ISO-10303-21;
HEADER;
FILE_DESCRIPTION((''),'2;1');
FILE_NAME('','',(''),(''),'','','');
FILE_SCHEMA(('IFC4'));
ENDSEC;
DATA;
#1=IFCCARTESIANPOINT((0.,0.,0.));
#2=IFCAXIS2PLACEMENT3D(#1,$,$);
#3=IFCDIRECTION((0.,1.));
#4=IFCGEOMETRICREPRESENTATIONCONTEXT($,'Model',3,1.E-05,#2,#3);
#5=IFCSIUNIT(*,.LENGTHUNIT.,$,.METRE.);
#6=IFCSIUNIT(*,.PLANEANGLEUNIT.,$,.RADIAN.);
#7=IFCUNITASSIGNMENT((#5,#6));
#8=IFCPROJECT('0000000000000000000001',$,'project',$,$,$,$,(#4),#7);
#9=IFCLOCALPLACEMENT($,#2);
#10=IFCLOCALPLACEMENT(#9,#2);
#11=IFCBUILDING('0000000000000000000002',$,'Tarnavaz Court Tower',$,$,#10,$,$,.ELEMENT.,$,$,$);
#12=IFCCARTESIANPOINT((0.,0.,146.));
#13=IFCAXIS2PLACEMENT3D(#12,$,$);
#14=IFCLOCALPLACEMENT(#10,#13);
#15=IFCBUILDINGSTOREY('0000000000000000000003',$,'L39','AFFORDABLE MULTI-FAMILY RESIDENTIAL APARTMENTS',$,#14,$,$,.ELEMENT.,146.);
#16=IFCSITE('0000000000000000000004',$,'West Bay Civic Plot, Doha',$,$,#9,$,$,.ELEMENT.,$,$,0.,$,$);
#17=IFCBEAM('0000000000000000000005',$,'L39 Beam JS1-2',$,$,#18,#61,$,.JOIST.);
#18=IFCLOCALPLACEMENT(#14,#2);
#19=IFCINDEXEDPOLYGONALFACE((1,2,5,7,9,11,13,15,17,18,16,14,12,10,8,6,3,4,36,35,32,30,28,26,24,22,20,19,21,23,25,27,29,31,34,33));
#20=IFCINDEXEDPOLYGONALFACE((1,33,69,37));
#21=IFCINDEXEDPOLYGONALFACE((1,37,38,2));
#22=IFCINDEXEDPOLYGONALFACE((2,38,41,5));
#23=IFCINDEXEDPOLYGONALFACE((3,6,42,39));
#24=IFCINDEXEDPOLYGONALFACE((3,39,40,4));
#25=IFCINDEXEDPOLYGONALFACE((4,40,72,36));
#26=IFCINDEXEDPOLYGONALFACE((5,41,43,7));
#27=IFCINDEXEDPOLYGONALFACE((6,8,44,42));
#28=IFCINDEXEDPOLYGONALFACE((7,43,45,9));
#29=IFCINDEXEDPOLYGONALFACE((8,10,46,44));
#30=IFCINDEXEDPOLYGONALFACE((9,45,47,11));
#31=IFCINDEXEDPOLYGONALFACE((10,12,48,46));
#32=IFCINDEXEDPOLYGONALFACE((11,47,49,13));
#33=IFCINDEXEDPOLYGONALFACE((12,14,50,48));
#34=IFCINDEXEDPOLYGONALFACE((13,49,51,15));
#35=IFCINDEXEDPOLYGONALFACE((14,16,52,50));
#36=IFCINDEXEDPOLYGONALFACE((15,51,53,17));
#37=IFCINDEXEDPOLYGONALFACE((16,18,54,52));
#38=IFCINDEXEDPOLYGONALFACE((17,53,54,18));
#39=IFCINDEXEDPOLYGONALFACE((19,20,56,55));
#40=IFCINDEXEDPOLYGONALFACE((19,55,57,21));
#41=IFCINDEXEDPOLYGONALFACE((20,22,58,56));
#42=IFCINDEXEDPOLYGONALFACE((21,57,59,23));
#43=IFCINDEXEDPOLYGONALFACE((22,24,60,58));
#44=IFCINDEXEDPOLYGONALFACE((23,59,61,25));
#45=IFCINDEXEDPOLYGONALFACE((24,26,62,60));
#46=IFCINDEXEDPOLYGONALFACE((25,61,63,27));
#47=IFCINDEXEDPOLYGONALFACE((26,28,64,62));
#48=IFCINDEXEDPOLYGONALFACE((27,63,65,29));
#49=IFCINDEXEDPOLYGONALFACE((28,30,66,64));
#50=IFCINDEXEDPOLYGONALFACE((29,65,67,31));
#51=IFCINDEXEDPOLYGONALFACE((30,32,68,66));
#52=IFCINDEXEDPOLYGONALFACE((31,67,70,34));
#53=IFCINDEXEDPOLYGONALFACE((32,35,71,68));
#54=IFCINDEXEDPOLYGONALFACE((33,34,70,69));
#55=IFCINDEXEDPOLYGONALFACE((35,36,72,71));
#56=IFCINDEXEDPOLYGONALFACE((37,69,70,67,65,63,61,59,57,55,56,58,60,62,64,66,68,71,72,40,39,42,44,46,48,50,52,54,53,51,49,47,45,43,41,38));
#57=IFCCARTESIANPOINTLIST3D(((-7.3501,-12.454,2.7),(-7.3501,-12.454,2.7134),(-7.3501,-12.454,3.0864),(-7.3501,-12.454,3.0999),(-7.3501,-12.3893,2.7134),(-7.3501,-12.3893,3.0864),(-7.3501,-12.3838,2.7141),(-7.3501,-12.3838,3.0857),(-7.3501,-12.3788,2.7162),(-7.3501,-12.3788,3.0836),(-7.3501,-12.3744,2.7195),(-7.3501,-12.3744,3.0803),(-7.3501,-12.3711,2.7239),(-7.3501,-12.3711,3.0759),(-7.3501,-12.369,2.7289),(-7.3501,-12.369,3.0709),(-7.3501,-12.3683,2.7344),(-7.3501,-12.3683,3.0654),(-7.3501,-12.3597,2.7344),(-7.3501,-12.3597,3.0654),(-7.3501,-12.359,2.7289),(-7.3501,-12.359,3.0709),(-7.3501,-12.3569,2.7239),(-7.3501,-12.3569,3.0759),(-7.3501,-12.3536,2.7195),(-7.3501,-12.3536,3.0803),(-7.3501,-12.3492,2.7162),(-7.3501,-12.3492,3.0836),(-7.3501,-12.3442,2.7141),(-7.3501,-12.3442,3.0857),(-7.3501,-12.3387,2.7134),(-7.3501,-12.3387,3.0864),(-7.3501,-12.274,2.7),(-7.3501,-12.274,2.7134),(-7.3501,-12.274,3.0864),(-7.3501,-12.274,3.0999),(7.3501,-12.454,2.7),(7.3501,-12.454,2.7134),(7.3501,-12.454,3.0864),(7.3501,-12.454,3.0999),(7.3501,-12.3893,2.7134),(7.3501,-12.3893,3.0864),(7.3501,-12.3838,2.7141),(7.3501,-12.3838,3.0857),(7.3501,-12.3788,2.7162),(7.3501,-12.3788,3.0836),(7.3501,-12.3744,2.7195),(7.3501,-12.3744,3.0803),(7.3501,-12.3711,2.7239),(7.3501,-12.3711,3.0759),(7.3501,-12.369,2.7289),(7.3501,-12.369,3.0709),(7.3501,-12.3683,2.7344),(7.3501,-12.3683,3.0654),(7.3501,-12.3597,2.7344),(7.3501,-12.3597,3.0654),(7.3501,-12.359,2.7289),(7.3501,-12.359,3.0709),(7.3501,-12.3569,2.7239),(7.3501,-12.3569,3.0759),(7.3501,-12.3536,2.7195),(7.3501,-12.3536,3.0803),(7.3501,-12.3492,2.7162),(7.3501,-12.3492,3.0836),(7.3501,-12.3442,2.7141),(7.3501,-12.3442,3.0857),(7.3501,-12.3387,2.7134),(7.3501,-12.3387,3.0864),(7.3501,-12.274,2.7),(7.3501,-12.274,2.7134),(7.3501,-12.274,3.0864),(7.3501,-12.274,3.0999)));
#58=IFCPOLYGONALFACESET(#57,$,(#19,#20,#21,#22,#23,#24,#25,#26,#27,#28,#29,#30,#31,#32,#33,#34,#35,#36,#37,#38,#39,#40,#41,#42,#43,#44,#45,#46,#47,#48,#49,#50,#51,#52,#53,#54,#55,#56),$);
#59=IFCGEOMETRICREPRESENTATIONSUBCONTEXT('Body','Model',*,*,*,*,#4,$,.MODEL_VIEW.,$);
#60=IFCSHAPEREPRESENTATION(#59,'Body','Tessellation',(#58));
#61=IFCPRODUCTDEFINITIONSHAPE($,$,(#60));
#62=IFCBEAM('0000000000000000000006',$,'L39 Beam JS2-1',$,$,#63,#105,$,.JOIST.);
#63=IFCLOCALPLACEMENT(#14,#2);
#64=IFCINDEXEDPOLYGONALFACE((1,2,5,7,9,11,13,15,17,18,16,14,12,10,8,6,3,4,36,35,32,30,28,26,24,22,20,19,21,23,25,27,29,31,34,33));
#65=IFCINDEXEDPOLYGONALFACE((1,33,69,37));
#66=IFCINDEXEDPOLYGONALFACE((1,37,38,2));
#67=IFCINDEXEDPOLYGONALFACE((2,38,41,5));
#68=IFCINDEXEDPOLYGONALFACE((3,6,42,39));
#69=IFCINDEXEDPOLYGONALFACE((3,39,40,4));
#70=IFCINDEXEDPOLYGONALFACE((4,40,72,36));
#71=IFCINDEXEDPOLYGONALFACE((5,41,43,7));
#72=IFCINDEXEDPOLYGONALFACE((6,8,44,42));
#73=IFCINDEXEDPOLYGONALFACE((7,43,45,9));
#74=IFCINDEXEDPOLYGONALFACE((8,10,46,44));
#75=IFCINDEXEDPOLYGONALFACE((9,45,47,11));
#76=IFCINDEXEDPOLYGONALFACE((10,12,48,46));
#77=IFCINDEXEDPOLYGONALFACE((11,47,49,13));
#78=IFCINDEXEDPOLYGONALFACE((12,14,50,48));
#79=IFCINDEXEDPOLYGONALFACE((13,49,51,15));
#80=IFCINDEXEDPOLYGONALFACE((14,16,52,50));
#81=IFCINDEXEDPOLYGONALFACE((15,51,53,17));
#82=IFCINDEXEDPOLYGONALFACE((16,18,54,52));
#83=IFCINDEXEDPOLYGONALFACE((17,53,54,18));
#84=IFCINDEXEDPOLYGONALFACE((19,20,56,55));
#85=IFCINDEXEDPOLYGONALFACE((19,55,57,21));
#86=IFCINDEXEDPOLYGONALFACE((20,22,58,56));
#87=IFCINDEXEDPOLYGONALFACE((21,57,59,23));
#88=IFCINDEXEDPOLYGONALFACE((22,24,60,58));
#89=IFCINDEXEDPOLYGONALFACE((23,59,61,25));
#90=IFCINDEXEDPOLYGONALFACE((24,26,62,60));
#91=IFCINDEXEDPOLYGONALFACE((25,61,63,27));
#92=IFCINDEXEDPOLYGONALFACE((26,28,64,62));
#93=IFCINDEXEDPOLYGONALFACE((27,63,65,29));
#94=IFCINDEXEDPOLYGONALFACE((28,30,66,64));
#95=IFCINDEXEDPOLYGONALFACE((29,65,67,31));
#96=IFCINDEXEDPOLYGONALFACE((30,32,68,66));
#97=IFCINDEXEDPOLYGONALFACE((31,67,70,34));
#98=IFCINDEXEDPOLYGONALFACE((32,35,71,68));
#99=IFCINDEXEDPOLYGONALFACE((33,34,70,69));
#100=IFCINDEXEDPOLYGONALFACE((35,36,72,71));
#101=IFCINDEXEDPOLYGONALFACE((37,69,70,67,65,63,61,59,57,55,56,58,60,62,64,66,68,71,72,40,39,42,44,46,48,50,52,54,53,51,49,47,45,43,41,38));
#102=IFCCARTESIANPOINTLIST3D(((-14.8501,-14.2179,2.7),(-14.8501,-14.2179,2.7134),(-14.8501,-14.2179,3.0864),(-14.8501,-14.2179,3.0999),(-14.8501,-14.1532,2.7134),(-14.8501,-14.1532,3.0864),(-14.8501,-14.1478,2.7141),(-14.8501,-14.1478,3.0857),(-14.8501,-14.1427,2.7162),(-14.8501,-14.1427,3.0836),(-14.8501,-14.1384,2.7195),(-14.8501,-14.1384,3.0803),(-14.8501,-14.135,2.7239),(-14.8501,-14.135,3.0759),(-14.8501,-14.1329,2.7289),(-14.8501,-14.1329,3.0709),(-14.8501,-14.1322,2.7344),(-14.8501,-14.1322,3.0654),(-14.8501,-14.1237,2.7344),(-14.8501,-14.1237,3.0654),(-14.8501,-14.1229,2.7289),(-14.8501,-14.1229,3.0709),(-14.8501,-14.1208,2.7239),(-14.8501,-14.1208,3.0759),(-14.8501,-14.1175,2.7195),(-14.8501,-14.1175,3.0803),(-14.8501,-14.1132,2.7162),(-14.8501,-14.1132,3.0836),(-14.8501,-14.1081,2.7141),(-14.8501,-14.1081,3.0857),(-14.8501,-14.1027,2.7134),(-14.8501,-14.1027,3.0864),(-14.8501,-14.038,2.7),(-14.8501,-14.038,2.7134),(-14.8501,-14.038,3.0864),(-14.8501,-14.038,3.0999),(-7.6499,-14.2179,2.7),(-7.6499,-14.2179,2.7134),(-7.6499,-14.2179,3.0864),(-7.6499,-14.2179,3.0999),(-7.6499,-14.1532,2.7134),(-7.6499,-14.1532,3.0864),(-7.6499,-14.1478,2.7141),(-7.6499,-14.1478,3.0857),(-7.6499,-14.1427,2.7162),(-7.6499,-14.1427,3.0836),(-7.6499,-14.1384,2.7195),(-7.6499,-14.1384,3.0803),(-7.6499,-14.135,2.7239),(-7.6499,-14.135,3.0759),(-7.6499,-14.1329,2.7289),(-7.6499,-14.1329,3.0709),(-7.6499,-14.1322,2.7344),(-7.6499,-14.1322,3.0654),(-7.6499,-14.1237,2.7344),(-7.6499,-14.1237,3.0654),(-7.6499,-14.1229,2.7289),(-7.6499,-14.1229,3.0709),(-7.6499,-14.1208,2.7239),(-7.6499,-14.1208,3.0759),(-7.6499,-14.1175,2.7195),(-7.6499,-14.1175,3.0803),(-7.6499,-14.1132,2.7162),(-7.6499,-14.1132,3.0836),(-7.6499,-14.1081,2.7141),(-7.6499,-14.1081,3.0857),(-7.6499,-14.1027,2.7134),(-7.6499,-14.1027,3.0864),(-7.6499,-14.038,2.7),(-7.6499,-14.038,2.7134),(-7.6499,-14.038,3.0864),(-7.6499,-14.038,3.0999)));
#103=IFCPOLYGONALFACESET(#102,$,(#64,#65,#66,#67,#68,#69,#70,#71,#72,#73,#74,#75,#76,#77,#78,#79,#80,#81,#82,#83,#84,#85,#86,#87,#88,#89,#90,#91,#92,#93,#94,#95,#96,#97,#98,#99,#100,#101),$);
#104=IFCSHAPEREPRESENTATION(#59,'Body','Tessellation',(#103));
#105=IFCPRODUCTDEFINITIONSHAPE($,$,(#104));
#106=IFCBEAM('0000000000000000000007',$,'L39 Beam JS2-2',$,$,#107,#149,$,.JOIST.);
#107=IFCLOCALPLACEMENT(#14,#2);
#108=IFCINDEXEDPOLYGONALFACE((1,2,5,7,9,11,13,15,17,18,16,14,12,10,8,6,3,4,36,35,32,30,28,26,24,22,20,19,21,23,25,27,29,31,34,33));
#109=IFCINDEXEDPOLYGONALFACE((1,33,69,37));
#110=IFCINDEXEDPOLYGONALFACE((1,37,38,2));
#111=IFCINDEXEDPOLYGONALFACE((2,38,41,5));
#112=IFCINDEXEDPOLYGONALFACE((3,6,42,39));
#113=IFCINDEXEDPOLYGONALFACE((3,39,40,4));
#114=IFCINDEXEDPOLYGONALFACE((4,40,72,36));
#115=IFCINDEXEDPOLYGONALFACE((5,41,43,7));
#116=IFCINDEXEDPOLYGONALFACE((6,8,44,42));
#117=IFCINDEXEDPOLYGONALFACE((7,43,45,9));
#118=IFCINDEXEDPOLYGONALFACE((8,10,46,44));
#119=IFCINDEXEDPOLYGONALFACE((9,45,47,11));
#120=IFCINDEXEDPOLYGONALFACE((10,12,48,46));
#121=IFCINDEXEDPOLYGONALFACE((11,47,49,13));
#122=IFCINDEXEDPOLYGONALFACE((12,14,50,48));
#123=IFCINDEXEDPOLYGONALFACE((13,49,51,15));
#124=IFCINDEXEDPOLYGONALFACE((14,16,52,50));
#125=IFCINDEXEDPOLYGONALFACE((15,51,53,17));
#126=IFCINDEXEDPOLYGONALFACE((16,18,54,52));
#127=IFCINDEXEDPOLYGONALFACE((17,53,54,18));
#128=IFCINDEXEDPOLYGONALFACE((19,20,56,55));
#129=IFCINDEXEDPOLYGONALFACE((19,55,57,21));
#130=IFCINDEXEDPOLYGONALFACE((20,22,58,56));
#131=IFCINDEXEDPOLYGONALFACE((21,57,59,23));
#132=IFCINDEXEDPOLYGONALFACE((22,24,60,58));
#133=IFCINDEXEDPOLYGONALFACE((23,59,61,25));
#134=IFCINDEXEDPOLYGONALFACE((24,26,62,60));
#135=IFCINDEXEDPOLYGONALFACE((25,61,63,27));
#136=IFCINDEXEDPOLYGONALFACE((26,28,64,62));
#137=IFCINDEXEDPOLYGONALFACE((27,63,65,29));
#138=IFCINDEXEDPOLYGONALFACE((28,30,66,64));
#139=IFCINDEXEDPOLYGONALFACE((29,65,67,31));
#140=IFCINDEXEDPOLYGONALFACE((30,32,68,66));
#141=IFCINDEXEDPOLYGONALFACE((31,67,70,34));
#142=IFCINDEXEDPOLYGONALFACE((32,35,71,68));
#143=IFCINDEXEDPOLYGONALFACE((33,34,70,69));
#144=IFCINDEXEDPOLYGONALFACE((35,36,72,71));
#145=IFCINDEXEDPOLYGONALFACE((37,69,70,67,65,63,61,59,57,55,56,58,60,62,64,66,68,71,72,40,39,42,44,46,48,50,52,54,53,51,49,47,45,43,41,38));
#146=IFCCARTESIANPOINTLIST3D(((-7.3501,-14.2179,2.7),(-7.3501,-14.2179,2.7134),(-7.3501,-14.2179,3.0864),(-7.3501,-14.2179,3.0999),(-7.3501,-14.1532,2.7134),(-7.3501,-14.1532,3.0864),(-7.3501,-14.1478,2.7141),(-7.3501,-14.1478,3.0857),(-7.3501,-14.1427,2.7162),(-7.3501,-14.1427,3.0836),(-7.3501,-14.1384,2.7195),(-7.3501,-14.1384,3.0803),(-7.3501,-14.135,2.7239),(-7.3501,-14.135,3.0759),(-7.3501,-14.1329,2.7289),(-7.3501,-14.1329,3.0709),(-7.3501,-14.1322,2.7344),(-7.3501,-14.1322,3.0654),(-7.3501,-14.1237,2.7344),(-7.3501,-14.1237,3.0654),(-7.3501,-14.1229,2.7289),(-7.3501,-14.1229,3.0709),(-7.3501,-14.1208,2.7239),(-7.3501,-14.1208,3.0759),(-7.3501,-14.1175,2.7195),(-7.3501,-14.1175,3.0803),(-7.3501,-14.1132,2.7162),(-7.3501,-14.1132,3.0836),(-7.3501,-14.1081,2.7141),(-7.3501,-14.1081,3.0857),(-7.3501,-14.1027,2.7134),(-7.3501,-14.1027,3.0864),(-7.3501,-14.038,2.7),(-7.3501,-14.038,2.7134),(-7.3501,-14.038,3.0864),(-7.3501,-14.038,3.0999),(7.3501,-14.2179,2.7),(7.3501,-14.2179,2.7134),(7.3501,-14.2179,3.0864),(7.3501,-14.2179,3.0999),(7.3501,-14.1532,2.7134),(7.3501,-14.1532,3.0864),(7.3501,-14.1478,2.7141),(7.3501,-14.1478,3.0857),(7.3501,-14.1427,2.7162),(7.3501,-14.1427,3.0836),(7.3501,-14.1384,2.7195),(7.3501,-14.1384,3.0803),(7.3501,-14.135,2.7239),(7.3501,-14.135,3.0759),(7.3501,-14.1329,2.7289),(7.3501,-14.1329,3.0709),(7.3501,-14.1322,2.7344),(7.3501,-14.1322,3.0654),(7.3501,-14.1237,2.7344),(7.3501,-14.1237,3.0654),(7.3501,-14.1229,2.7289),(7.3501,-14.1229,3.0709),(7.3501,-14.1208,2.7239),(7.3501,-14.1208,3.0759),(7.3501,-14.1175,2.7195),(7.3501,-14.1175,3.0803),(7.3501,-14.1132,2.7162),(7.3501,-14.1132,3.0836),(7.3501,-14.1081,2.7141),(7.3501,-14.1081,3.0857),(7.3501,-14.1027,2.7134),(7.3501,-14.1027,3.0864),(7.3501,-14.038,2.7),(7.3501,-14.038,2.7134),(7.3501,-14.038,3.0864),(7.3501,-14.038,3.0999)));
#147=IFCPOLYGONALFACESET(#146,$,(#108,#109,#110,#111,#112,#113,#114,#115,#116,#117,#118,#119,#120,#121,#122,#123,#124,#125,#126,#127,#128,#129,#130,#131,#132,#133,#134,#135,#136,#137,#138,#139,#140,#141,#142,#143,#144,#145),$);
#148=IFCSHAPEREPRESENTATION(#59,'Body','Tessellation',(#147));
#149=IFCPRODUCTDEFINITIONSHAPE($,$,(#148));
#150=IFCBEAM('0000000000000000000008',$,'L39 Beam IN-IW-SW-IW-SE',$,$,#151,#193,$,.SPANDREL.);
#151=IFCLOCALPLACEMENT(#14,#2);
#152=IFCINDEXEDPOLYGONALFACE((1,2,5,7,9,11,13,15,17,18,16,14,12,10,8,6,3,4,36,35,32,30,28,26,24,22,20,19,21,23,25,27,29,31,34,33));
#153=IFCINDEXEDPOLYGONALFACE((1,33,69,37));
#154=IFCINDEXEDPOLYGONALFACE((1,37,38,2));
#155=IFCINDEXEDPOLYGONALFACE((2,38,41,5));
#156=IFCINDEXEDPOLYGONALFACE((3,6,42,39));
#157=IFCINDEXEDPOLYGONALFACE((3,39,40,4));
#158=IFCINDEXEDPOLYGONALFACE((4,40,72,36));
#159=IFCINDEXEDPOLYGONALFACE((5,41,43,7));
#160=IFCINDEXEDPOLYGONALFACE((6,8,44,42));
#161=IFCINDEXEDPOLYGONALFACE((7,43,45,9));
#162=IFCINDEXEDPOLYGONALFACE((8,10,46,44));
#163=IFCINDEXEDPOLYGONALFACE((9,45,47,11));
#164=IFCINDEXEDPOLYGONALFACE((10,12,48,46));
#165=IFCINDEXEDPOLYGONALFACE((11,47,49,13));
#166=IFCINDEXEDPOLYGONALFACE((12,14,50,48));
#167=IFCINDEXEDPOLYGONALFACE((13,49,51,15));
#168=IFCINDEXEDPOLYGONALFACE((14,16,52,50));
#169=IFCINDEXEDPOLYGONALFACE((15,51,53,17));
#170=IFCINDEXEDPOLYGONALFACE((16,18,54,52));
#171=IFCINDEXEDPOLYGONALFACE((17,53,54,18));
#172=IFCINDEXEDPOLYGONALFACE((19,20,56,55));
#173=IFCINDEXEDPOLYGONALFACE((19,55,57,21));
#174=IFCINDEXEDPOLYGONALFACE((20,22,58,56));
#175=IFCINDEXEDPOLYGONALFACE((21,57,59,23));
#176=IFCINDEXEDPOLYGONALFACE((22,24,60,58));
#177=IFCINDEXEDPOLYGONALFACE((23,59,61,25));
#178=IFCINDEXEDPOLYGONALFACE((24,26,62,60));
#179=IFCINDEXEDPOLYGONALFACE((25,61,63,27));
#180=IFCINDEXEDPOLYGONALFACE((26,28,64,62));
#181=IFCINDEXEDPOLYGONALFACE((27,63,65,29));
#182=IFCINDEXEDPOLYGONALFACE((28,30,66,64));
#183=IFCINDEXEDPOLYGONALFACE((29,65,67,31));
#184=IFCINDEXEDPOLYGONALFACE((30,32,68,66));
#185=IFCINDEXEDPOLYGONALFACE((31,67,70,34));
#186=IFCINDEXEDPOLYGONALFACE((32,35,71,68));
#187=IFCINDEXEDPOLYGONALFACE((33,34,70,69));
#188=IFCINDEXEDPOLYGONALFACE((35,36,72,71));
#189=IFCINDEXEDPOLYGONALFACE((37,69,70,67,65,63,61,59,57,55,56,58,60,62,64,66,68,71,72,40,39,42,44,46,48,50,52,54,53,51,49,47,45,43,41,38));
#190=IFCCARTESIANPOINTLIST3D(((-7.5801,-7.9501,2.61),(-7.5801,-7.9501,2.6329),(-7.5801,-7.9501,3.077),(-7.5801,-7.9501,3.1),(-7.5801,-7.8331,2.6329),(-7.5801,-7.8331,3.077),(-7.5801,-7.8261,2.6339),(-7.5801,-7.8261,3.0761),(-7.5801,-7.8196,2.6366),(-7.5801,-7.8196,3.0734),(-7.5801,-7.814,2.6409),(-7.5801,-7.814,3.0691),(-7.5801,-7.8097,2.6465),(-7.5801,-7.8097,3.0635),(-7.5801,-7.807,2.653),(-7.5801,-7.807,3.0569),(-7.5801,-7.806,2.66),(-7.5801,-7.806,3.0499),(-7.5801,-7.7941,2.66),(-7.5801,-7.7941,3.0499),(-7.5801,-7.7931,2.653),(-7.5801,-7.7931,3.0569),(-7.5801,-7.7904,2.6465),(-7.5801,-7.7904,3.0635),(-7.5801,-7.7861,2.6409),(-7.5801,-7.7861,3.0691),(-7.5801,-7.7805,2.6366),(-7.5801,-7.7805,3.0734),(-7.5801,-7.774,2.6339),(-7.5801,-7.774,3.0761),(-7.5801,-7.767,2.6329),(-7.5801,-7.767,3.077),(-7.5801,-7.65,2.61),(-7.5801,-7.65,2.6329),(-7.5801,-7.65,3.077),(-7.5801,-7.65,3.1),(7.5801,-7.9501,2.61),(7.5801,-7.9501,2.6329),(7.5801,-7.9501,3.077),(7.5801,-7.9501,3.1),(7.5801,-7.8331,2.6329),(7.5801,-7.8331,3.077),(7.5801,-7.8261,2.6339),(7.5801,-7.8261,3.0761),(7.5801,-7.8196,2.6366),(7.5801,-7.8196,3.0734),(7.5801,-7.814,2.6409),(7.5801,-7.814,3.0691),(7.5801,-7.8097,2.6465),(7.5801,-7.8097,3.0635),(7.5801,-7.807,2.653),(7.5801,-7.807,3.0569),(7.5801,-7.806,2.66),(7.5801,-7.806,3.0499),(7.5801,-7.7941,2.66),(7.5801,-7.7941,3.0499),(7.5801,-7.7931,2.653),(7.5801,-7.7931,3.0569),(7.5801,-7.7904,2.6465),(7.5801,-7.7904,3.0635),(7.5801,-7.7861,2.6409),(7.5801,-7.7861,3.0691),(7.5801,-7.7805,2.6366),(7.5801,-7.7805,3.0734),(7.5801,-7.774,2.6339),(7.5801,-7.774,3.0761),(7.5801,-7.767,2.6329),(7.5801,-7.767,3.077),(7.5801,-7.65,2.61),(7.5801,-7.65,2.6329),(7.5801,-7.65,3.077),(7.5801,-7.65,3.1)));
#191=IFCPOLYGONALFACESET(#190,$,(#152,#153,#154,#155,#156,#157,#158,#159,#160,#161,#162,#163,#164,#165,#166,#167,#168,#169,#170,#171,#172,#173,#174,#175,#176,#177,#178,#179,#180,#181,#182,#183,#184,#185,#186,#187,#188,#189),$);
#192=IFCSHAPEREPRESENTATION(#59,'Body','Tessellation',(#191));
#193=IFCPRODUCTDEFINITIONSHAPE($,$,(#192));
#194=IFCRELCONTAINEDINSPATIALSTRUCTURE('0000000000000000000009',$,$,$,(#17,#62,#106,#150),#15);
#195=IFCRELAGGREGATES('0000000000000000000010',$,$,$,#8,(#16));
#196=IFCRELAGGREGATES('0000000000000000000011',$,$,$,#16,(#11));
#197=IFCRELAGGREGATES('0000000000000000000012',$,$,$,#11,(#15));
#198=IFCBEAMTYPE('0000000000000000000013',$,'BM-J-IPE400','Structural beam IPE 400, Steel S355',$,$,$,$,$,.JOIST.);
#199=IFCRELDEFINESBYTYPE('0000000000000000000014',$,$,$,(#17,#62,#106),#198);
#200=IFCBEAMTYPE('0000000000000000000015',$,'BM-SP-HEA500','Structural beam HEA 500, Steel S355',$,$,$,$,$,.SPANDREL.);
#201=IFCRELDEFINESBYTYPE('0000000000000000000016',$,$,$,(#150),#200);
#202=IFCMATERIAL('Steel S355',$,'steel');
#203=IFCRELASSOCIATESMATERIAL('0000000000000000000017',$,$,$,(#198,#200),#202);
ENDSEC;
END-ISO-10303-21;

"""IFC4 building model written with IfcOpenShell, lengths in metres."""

from ifc_helpers import new_model, si_unit, direction, frame, origin, origin_2d, place, context, subcontext, project, spatial, i_section, extrude, material, material_profile, profile_set, type_object, element, save


model = new_model("IFC4")

# Units and contexts
model_context = context("Model", 3, precision=1e-05, world=origin(), true_north=direction((0.0, 1.0)))
body_context = subcontext(model_context, "Body", "Model", "MODEL_VIEW")
ifc_project = project(units=[si_unit("LENGTHUNIT", "METRE"), si_unit("PLANEANGLEUNIT", "RADIAN")], contexts=[model_context])

# Site, building, storey
site_placement = place(None, origin())
site = spatial("IfcSite", under=ifc_project, at=site_placement, Name="West Bay Civic Plot, Doha", CompositionType="ELEMENT", RefElevation=0.0)
building_placement = place(site_placement, origin())
building = spatial("IfcBuilding", under=site, at=building_placement, Name="Tarnavaz Court Tower", CompositionType="ELEMENT")
storey_placement = place(building_placement, frame((0.0, 0.0, 146.0)))
storey = spatial("IfcBuildingStorey", under=building, at=storey_placement, Name="L39", Description="AFFORDABLE MULTI-FAMILY RESIDENTIAL APARTMENTS", CompositionType="ELEMENT", Elevation=146.0)

# Beams
ifc_material_1 = material(Name="Steel S355", Category="steel")
ifc_material_profile_1 = material_profile(ifc_material_1, i_section(OverallWidth=0.1799, OverallDepth=0.3999, WebThickness=0.0085, FlangeThickness=0.0134, FilletRadius=0.021, at=origin_2d()), Name="IPE 400")
ifc_profile_set_1 = profile_set([ifc_material_profile_1], Name="Steel S355")
beam_type_1 = type_object("IfcBeamType", Name="BM-J-IPE400", Description="Structural beam IPE 400, Steel S355", PredefinedType="JOIST", material=ifc_profile_set_1)
beam_1_placement = place(storey_placement, frame((-7.3501, -12.364, 2.8999), z_axis=(1.0, 0.0, 0.0), x_axis=(0.0, 1.0, 0.0)))
element("IfcBeam", 1, at=beam_1_placement, inside=storey, type_object=beam_type_1, Name="L39 Beam JS1-2", PredefinedType="JOIST", context=body_context, shape_type="SweptSolid", body=[
    extrude(i_section(OverallWidth=0.1799, OverallDepth=0.3999, WebThickness=0.0085, FlangeThickness=0.0134, FilletRadius=0.021, at=origin_2d()), origin(), (0.0, 0.0, 1.0), 14.7002),
])
beam_2_placement = place(storey_placement, frame((-14.8501, -14.1279, 2.8999), z_axis=(1.0, 0.0, 0.0), x_axis=(0.0, 1.0, 0.0)))
element("IfcBeam", 2, at=beam_2_placement, inside=storey, type_object=beam_type_1, Name="L39 Beam JS2-1", PredefinedType="JOIST", context=body_context, shape_type="SweptSolid", body=[
    extrude(i_section(OverallWidth=0.1799, OverallDepth=0.3999, WebThickness=0.0085, FlangeThickness=0.0134, FilletRadius=0.021, at=origin_2d()), origin(), (0.0, 0.0, 1.0), 7.2002),
])
beam_3_placement = place(storey_placement, frame((-7.3501, -14.1279, 2.8999), z_axis=(1.0, 0.0, 0.0), x_axis=(0.0, 1.0, 0.0)))
element("IfcBeam", 3, at=beam_3_placement, inside=storey, type_object=beam_type_1, Name="L39 Beam JS2-2", PredefinedType="JOIST", context=body_context, shape_type="SweptSolid", body=[
    extrude(i_section(OverallWidth=0.1799, OverallDepth=0.3999, WebThickness=0.0085, FlangeThickness=0.0134, FilletRadius=0.021, at=origin_2d()), origin(), (0.0, 0.0, 1.0), 14.7002),
])
ifc_material_profile_2 = material_profile(ifc_material_1, i_section(OverallWidth=0.3, OverallDepth=0.49, WebThickness=0.012, FlangeThickness=0.0229, FilletRadius=0.0271, at=origin_2d()), Name="HEA 500")
ifc_profile_set_2 = profile_set([ifc_material_profile_2], Name="Steel S355")
beam_type_2 = type_object("IfcBeamType", Name="BM-SP-HEA500", Description="Structural beam HEA 500, Steel S355", PredefinedType="SPANDREL", material=ifc_profile_set_2)
for number, where, z_axis, x_axis, name in (
    (4, (-7.5801, -7.8, 2.855), (1.0, 0.0, 0.0), (0.0, 1.0, 0.0), "L39 Beam IN-IW-SW-IW-SE"),
):
    element("IfcBeam", number, at=place(storey_placement, frame(where, z_axis=z_axis, x_axis=x_axis)), inside=storey, type_object=beam_type_2, Name=name, PredefinedType="SPANDREL", context=body_context, shape_type="SweptSolid", body=[
        extrude(i_section(OverallWidth=0.3, OverallDepth=0.49, WebThickness=0.012, FlangeThickness=0.0229, FilletRadius=0.0271, at=origin_2d()), origin(), (0.0, 0.0, 1.0), 15.1602),
    ])

save(model, "model.ifc")
